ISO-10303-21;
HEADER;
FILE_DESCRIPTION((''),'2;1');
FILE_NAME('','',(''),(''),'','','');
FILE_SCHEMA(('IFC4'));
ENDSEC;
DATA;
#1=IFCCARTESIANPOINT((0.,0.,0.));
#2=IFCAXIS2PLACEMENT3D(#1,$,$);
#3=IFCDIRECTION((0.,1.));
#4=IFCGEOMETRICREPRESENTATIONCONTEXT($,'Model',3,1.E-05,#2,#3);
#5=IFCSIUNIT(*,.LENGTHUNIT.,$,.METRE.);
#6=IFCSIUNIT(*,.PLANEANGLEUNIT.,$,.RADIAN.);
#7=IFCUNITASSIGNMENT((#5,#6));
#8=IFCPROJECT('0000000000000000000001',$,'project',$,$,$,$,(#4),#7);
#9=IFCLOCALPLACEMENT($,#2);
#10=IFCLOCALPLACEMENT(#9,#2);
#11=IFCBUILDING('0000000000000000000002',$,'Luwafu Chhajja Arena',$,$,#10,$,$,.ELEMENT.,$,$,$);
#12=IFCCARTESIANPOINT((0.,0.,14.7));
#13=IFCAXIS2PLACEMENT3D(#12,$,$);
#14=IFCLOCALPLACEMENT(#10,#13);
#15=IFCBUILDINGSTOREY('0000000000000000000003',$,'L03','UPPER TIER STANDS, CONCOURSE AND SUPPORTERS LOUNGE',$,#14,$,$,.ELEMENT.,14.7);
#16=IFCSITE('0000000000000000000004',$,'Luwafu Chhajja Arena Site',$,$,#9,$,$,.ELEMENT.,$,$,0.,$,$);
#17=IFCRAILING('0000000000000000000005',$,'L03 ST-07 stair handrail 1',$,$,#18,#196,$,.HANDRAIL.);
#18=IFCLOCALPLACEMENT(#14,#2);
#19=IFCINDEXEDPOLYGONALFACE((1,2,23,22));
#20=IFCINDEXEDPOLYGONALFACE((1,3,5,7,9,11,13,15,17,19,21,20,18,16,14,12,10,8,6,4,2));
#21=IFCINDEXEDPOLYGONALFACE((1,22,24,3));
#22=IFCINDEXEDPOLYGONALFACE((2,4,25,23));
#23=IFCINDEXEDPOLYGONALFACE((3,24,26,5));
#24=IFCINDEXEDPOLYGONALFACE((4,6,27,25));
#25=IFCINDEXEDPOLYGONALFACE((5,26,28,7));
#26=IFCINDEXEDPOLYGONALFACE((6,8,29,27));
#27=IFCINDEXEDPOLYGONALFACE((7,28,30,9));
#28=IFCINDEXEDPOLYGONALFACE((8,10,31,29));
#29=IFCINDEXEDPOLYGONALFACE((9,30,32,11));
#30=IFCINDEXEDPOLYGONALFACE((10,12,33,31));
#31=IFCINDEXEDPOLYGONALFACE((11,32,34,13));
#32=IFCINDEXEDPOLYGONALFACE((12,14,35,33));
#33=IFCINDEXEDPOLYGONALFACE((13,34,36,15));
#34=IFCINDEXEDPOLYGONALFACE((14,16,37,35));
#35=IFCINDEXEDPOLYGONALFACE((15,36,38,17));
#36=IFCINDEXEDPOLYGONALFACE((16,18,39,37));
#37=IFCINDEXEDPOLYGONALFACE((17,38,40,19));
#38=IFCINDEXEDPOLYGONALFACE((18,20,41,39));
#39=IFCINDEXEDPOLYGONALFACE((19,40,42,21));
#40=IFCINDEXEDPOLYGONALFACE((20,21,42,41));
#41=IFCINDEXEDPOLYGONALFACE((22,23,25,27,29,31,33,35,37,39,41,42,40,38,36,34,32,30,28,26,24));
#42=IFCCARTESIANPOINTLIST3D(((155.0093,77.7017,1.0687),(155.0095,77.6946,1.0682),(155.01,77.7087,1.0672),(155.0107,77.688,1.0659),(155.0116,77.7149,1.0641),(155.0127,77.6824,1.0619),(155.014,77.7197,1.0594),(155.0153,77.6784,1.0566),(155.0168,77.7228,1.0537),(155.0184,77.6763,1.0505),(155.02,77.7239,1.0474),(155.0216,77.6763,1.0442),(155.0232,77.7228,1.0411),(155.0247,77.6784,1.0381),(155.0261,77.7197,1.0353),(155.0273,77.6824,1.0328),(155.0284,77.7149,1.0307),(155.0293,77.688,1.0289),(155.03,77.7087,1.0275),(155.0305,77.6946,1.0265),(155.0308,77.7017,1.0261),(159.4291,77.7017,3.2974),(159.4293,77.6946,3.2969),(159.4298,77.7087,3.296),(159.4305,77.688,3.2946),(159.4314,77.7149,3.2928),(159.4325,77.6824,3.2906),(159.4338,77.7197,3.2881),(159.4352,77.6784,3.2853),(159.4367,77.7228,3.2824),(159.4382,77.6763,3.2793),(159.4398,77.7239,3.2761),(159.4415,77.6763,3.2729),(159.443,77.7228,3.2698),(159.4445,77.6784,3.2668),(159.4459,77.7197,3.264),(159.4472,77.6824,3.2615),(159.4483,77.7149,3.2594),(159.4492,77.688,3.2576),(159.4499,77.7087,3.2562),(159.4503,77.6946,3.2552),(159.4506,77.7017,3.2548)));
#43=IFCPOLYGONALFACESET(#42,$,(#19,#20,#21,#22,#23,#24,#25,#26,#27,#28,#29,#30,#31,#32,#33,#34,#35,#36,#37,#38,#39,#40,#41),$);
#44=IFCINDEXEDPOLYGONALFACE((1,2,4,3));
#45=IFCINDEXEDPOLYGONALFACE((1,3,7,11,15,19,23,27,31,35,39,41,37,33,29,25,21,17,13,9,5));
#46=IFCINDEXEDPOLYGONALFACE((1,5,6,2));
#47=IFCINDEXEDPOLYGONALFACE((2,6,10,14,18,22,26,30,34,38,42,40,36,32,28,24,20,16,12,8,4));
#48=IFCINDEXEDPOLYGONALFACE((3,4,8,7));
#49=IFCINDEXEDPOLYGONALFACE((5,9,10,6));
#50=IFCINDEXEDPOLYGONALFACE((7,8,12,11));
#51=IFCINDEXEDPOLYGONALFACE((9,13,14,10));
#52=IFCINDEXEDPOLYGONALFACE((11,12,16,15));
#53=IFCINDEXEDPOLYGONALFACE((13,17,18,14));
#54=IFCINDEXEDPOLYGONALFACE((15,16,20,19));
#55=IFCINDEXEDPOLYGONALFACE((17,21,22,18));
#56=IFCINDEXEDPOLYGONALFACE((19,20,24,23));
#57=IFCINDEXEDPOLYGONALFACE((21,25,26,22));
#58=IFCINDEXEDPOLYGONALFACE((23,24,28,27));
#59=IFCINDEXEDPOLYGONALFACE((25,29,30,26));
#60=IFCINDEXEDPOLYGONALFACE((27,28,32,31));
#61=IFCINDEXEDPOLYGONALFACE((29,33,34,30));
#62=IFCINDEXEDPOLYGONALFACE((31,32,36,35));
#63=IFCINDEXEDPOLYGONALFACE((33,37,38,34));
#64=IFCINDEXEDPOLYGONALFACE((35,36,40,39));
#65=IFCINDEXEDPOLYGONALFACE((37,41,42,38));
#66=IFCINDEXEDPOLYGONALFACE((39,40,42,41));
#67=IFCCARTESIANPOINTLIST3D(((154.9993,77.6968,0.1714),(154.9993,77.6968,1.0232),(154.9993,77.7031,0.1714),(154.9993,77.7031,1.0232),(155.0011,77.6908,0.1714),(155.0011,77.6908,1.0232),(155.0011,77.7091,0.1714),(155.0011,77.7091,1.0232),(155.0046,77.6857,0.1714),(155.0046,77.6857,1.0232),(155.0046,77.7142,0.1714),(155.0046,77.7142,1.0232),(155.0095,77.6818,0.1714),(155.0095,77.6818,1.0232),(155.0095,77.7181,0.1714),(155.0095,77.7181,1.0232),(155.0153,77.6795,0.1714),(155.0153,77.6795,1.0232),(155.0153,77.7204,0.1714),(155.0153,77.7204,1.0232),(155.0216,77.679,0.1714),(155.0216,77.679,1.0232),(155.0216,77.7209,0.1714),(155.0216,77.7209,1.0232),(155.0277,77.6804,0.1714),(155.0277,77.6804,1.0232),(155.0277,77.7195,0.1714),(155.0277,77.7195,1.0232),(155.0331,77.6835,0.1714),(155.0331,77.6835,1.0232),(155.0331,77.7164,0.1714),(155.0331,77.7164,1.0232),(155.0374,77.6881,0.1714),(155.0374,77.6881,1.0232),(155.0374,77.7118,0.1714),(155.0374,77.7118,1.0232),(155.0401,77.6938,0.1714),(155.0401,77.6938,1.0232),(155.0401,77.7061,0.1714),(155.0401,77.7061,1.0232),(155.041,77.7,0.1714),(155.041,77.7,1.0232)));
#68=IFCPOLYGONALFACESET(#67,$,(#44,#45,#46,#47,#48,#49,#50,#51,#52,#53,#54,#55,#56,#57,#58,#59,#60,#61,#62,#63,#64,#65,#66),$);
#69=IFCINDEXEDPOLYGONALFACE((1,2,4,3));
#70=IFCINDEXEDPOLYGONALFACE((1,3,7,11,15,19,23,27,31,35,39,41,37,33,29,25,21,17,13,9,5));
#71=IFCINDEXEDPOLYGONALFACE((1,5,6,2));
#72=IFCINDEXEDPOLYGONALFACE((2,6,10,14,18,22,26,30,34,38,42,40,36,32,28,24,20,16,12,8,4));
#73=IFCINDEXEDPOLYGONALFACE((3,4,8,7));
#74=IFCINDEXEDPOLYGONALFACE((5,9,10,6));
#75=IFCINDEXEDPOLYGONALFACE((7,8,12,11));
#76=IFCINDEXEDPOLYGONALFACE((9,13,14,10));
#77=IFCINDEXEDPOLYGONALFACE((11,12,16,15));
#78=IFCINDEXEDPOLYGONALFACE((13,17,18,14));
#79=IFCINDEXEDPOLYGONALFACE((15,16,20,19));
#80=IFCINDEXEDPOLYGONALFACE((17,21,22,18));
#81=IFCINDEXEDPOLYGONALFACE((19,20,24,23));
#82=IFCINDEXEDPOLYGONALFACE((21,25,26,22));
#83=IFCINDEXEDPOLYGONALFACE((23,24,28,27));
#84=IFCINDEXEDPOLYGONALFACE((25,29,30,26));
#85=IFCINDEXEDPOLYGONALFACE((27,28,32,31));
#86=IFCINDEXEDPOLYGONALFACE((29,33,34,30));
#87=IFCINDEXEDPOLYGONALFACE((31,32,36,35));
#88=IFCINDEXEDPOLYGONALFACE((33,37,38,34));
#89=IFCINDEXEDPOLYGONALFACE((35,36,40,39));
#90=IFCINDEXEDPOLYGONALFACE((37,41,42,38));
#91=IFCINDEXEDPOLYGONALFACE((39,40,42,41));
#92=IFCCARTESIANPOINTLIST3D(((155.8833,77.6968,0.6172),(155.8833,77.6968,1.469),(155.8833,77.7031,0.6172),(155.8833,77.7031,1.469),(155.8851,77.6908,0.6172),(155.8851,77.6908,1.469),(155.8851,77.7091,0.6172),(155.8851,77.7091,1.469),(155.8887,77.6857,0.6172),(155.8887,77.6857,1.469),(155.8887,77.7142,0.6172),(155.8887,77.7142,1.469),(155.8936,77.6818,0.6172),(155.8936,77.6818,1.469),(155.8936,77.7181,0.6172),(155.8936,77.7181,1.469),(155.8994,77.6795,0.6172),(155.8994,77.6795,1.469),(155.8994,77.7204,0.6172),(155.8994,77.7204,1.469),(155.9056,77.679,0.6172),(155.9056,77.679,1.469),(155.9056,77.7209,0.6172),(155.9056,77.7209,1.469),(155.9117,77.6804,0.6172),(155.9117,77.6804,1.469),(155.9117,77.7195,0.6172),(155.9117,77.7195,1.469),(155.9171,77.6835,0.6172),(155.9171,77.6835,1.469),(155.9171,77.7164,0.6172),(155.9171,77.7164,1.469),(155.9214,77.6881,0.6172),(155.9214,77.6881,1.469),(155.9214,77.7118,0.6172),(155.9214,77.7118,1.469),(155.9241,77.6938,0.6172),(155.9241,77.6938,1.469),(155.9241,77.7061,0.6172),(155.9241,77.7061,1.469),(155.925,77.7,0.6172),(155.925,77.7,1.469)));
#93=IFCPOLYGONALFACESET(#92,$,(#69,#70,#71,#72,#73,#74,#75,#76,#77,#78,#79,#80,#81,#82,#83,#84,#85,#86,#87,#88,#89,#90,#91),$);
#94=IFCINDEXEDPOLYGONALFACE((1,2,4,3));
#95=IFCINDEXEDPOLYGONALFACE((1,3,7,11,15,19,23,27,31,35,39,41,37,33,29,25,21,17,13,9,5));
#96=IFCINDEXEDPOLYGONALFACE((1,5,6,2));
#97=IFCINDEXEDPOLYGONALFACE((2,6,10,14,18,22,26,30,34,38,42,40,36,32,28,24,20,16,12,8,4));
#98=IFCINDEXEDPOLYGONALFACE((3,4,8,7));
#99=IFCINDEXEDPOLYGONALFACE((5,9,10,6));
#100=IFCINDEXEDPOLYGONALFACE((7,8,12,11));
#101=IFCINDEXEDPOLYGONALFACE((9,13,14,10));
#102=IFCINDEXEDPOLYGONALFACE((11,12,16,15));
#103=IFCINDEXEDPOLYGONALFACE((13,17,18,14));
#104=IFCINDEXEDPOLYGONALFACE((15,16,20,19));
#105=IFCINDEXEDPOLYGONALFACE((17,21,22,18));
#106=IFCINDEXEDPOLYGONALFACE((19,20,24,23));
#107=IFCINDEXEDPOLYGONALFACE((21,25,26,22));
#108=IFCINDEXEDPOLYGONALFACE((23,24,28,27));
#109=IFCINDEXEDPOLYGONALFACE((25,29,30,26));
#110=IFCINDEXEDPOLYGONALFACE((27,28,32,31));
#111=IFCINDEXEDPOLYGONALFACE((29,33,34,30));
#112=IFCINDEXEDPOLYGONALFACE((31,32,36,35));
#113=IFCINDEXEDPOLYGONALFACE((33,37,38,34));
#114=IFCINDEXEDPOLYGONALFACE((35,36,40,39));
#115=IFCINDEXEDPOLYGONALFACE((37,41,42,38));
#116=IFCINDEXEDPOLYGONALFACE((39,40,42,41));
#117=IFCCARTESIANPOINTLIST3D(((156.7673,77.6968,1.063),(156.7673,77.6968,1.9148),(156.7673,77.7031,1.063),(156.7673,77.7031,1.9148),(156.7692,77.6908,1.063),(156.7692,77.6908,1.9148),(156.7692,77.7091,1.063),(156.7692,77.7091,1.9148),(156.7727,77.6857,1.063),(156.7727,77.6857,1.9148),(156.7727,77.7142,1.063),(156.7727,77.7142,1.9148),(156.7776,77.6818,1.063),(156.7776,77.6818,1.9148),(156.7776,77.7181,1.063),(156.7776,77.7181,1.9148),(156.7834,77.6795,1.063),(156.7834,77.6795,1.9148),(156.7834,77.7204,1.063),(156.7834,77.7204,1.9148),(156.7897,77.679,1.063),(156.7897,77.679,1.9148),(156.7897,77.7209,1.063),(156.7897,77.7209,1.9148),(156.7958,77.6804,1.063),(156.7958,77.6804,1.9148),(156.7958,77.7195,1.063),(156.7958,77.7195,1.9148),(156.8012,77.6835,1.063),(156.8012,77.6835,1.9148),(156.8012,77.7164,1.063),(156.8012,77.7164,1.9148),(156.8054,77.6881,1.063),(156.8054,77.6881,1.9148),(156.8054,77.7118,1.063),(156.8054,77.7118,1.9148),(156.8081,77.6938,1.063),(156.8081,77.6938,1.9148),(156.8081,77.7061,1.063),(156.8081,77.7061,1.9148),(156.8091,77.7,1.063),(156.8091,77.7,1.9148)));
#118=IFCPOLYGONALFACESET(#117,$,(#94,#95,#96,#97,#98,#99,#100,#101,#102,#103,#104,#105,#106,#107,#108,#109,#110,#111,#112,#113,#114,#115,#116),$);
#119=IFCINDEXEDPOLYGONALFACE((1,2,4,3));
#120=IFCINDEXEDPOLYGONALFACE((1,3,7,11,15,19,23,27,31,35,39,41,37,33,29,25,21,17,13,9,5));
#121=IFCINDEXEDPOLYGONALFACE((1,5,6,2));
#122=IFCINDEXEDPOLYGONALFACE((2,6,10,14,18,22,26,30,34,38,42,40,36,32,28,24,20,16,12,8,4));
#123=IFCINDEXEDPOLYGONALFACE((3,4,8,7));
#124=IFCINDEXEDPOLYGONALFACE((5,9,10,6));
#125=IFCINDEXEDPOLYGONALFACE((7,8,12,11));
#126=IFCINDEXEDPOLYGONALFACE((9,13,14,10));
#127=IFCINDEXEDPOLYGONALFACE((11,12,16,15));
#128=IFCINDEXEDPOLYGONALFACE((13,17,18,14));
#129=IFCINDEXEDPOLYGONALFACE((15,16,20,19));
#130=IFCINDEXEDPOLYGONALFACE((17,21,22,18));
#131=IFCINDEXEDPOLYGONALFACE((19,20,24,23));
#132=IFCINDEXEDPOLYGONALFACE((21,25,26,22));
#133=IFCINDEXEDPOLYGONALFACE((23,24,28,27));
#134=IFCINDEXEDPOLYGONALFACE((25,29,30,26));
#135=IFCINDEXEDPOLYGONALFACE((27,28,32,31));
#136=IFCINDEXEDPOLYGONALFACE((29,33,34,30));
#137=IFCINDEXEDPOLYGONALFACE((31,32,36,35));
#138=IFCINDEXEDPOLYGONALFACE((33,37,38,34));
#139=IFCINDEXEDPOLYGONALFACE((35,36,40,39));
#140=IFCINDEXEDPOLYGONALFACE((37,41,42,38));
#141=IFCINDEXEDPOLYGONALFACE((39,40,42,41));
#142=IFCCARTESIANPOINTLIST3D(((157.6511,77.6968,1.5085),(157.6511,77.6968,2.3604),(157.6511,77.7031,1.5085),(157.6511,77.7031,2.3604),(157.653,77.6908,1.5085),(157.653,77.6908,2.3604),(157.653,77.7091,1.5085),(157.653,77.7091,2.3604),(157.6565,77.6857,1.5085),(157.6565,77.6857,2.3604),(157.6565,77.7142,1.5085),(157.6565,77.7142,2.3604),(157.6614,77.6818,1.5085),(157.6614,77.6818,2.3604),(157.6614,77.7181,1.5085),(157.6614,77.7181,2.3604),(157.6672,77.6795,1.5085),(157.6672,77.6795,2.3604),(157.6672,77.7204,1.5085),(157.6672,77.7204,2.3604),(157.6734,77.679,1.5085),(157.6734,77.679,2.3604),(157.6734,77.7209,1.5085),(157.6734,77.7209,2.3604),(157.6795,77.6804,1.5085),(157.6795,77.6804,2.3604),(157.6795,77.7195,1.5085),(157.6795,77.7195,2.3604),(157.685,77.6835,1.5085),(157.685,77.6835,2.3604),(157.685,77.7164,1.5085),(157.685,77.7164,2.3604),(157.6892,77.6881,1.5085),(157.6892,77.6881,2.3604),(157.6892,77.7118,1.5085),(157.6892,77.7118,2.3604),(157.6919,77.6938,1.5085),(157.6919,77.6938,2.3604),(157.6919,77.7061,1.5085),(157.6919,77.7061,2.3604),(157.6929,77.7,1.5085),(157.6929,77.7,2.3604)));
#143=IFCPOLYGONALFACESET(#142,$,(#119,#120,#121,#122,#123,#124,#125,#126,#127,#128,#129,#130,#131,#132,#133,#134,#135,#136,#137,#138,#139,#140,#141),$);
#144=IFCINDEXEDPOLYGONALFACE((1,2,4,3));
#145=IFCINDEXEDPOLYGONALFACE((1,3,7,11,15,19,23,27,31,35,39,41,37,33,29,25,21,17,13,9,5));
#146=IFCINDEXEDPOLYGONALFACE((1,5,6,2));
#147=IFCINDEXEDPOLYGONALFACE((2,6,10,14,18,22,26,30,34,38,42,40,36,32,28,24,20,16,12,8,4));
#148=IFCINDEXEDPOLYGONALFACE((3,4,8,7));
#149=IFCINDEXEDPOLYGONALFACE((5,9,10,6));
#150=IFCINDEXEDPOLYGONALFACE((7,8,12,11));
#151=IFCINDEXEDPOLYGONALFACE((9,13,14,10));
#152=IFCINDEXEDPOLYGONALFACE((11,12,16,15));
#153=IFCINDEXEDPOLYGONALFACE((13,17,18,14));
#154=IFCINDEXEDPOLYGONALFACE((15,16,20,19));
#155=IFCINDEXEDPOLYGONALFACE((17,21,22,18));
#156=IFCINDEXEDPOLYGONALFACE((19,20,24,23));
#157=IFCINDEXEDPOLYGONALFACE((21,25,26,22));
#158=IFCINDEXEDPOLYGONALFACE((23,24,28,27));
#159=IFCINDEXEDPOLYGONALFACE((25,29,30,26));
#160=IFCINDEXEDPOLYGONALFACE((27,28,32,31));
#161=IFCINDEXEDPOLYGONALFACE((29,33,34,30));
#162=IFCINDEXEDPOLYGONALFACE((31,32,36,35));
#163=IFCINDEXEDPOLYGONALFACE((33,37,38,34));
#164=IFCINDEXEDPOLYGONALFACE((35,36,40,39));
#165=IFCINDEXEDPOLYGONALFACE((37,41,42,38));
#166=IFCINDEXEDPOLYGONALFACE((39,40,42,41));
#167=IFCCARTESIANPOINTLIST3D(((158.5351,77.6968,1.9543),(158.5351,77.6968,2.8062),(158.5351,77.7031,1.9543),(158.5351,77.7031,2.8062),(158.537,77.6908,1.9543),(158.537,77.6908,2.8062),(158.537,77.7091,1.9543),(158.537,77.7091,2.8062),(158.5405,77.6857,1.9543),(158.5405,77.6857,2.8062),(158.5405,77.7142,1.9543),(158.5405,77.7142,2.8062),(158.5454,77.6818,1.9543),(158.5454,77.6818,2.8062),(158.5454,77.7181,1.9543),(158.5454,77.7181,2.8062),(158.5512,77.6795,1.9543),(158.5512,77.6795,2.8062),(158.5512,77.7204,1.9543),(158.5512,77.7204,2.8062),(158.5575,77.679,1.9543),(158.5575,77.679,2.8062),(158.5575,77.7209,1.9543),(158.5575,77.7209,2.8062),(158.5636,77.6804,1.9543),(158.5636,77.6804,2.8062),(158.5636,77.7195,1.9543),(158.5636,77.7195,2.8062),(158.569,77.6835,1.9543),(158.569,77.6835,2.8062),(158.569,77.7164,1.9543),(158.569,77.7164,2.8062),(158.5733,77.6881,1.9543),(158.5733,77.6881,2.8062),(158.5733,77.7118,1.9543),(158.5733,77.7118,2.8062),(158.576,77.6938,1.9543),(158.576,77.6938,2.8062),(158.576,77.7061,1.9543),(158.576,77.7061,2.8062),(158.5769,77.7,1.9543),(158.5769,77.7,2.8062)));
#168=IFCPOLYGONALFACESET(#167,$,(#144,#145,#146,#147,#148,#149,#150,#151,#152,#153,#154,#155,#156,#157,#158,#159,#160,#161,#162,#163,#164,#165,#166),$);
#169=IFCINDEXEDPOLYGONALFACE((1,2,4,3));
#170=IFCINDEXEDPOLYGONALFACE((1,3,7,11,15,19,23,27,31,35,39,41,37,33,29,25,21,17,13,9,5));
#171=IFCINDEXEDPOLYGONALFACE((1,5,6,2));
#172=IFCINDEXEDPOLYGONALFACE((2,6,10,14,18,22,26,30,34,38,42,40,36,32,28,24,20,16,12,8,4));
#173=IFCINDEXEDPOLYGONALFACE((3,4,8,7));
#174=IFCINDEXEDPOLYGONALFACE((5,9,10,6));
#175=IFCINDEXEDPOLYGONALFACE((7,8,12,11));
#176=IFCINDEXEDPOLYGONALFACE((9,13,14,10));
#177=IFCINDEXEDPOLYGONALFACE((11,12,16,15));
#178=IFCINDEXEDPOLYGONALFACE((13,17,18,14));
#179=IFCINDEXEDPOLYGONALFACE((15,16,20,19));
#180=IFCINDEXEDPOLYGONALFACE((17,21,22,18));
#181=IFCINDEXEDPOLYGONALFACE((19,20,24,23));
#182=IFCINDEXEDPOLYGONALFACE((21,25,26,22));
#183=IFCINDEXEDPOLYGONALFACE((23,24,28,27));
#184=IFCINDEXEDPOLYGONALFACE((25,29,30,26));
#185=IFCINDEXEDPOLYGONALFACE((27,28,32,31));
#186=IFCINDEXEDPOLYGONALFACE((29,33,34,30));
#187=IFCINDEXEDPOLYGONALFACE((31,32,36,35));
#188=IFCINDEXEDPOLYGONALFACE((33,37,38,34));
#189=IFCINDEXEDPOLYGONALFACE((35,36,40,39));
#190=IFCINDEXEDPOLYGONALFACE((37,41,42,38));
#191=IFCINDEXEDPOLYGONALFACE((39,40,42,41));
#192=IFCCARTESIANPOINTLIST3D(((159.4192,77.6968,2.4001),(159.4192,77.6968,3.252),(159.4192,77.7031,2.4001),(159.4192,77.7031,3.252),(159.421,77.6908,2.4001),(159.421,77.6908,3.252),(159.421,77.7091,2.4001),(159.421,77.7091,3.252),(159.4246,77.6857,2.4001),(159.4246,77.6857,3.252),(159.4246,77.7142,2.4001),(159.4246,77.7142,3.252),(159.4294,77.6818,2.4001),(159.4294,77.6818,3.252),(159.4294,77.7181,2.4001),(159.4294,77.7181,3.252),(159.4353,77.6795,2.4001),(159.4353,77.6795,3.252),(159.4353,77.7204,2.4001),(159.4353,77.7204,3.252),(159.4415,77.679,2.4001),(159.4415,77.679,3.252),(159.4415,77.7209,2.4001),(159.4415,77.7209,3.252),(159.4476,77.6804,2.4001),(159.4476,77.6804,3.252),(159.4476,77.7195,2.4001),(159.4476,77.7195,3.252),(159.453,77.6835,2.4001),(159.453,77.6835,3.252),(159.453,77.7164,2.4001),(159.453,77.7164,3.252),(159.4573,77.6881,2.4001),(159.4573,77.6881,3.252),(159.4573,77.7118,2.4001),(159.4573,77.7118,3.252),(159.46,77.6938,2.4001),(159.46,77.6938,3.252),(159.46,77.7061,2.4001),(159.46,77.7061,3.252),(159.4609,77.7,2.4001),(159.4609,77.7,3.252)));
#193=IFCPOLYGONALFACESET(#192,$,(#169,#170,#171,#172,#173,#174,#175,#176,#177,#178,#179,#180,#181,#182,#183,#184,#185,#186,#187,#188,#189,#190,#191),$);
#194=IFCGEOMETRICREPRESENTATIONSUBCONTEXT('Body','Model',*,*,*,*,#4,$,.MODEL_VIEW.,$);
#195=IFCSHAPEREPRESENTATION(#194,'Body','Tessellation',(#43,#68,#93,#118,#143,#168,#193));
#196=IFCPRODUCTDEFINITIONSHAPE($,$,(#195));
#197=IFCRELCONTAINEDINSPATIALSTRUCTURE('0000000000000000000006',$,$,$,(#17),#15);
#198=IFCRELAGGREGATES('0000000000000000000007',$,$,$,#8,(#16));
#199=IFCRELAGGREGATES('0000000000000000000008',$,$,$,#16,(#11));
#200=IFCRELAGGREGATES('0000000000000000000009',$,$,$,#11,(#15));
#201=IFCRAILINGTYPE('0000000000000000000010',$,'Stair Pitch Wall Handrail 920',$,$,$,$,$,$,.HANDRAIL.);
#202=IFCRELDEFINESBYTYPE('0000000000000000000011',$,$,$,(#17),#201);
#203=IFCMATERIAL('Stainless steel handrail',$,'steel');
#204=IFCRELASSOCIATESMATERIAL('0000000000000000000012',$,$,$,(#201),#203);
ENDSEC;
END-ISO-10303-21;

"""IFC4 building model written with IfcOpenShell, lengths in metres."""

from ifc_helpers import new_model, si_unit, direction, frame, origin, origin_2d, place, context, subcontext, project, spatial, circle, extrude, material, type_object, element, save


model = new_model("IFC4")

# Units and contexts
model_context = context("Model", 3, precision=1e-05, world=origin(), true_north=direction((0.0, 1.0)))
body_context = subcontext(model_context, "Body", "Model", "MODEL_VIEW")
ifc_project = project(units=[si_unit("LENGTHUNIT", "METRE"), si_unit("PLANEANGLEUNIT", "RADIAN")], contexts=[model_context])

# Site, building, storey
site_placement = place(None, origin())
site = spatial("IfcSite", under=ifc_project, at=site_placement, Name="Luwafu Chhajja Arena Site", CompositionType="ELEMENT", RefElevation=0.0)
building_placement = place(site_placement, origin())
building = spatial("IfcBuilding", under=site, at=building_placement, Name="Luwafu Chhajja Arena", CompositionType="ELEMENT")
storey_placement = place(building_placement, frame((0.0, 0.0, 14.7)))
storey = spatial("IfcBuildingStorey", under=building, at=storey_placement, Name="L03", Description="UPPER TIER STANDS, CONCOURSE AND SUPPORTERS LOUNGE", CompositionType="ELEMENT", Elevation=14.7)

# Railing
ifc_material_1 = material(Name="Stainless steel handrail", Category="steel")
railing_type_1 = type_object("IfcRailingType", Name="Stair Pitch Wall Handrail 920", PredefinedType="HANDRAIL", material=ifc_material_1)
railing_1_placement = place(storey_placement, frame((155.02, 77.7, 0.1714)))
element("IfcRailing", 1, at=railing_1_placement, inside=storey, type_object=railing_type_1, Name="L03 ST-07 stair handrail 1", PredefinedType="HANDRAIL", context=body_context, shape_type="SweptSolid", body=[
    extrude(circle(Radius=0.0239, at=origin_2d()), frame((0.0, 0.0, 0.876), z_axis=(0.892903, 0.0, 0.450249), x_axis=(0.0, 1.0, 0.0)), (0.0, 0.0, 1.0), 4.95),
    extrude(circle(Radius=0.021, at=origin_2d()), origin(), (0.0, 0.0, 1.0), 0.8518),
    extrude(circle(Radius=0.021, at=origin_2d()), frame((0.884, 0.0, 0.4458)), (0.0, 0.0, 1.0), 0.8518),
    extrude(circle(Radius=0.021, at=origin_2d()), frame((1.7681, 0.0, 0.8916)), (0.0, 0.0, 1.0), 0.8518),
    extrude(circle(Radius=0.021, at=origin_2d()), frame((2.6519, 0.0, 1.3372)), (0.0, 0.0, 1.0), 0.8518),
    extrude(circle(Radius=0.021, at=origin_2d()), frame((3.5359, 0.0, 1.783)), (0.0, 0.0, 1.0), 0.8518),
    extrude(circle(Radius=0.021, at=origin_2d()), frame((4.4199, 0.0, 2.2288)), (0.0, 0.0, 1.0), 0.8518),
])

save(model, "model.ifc")
